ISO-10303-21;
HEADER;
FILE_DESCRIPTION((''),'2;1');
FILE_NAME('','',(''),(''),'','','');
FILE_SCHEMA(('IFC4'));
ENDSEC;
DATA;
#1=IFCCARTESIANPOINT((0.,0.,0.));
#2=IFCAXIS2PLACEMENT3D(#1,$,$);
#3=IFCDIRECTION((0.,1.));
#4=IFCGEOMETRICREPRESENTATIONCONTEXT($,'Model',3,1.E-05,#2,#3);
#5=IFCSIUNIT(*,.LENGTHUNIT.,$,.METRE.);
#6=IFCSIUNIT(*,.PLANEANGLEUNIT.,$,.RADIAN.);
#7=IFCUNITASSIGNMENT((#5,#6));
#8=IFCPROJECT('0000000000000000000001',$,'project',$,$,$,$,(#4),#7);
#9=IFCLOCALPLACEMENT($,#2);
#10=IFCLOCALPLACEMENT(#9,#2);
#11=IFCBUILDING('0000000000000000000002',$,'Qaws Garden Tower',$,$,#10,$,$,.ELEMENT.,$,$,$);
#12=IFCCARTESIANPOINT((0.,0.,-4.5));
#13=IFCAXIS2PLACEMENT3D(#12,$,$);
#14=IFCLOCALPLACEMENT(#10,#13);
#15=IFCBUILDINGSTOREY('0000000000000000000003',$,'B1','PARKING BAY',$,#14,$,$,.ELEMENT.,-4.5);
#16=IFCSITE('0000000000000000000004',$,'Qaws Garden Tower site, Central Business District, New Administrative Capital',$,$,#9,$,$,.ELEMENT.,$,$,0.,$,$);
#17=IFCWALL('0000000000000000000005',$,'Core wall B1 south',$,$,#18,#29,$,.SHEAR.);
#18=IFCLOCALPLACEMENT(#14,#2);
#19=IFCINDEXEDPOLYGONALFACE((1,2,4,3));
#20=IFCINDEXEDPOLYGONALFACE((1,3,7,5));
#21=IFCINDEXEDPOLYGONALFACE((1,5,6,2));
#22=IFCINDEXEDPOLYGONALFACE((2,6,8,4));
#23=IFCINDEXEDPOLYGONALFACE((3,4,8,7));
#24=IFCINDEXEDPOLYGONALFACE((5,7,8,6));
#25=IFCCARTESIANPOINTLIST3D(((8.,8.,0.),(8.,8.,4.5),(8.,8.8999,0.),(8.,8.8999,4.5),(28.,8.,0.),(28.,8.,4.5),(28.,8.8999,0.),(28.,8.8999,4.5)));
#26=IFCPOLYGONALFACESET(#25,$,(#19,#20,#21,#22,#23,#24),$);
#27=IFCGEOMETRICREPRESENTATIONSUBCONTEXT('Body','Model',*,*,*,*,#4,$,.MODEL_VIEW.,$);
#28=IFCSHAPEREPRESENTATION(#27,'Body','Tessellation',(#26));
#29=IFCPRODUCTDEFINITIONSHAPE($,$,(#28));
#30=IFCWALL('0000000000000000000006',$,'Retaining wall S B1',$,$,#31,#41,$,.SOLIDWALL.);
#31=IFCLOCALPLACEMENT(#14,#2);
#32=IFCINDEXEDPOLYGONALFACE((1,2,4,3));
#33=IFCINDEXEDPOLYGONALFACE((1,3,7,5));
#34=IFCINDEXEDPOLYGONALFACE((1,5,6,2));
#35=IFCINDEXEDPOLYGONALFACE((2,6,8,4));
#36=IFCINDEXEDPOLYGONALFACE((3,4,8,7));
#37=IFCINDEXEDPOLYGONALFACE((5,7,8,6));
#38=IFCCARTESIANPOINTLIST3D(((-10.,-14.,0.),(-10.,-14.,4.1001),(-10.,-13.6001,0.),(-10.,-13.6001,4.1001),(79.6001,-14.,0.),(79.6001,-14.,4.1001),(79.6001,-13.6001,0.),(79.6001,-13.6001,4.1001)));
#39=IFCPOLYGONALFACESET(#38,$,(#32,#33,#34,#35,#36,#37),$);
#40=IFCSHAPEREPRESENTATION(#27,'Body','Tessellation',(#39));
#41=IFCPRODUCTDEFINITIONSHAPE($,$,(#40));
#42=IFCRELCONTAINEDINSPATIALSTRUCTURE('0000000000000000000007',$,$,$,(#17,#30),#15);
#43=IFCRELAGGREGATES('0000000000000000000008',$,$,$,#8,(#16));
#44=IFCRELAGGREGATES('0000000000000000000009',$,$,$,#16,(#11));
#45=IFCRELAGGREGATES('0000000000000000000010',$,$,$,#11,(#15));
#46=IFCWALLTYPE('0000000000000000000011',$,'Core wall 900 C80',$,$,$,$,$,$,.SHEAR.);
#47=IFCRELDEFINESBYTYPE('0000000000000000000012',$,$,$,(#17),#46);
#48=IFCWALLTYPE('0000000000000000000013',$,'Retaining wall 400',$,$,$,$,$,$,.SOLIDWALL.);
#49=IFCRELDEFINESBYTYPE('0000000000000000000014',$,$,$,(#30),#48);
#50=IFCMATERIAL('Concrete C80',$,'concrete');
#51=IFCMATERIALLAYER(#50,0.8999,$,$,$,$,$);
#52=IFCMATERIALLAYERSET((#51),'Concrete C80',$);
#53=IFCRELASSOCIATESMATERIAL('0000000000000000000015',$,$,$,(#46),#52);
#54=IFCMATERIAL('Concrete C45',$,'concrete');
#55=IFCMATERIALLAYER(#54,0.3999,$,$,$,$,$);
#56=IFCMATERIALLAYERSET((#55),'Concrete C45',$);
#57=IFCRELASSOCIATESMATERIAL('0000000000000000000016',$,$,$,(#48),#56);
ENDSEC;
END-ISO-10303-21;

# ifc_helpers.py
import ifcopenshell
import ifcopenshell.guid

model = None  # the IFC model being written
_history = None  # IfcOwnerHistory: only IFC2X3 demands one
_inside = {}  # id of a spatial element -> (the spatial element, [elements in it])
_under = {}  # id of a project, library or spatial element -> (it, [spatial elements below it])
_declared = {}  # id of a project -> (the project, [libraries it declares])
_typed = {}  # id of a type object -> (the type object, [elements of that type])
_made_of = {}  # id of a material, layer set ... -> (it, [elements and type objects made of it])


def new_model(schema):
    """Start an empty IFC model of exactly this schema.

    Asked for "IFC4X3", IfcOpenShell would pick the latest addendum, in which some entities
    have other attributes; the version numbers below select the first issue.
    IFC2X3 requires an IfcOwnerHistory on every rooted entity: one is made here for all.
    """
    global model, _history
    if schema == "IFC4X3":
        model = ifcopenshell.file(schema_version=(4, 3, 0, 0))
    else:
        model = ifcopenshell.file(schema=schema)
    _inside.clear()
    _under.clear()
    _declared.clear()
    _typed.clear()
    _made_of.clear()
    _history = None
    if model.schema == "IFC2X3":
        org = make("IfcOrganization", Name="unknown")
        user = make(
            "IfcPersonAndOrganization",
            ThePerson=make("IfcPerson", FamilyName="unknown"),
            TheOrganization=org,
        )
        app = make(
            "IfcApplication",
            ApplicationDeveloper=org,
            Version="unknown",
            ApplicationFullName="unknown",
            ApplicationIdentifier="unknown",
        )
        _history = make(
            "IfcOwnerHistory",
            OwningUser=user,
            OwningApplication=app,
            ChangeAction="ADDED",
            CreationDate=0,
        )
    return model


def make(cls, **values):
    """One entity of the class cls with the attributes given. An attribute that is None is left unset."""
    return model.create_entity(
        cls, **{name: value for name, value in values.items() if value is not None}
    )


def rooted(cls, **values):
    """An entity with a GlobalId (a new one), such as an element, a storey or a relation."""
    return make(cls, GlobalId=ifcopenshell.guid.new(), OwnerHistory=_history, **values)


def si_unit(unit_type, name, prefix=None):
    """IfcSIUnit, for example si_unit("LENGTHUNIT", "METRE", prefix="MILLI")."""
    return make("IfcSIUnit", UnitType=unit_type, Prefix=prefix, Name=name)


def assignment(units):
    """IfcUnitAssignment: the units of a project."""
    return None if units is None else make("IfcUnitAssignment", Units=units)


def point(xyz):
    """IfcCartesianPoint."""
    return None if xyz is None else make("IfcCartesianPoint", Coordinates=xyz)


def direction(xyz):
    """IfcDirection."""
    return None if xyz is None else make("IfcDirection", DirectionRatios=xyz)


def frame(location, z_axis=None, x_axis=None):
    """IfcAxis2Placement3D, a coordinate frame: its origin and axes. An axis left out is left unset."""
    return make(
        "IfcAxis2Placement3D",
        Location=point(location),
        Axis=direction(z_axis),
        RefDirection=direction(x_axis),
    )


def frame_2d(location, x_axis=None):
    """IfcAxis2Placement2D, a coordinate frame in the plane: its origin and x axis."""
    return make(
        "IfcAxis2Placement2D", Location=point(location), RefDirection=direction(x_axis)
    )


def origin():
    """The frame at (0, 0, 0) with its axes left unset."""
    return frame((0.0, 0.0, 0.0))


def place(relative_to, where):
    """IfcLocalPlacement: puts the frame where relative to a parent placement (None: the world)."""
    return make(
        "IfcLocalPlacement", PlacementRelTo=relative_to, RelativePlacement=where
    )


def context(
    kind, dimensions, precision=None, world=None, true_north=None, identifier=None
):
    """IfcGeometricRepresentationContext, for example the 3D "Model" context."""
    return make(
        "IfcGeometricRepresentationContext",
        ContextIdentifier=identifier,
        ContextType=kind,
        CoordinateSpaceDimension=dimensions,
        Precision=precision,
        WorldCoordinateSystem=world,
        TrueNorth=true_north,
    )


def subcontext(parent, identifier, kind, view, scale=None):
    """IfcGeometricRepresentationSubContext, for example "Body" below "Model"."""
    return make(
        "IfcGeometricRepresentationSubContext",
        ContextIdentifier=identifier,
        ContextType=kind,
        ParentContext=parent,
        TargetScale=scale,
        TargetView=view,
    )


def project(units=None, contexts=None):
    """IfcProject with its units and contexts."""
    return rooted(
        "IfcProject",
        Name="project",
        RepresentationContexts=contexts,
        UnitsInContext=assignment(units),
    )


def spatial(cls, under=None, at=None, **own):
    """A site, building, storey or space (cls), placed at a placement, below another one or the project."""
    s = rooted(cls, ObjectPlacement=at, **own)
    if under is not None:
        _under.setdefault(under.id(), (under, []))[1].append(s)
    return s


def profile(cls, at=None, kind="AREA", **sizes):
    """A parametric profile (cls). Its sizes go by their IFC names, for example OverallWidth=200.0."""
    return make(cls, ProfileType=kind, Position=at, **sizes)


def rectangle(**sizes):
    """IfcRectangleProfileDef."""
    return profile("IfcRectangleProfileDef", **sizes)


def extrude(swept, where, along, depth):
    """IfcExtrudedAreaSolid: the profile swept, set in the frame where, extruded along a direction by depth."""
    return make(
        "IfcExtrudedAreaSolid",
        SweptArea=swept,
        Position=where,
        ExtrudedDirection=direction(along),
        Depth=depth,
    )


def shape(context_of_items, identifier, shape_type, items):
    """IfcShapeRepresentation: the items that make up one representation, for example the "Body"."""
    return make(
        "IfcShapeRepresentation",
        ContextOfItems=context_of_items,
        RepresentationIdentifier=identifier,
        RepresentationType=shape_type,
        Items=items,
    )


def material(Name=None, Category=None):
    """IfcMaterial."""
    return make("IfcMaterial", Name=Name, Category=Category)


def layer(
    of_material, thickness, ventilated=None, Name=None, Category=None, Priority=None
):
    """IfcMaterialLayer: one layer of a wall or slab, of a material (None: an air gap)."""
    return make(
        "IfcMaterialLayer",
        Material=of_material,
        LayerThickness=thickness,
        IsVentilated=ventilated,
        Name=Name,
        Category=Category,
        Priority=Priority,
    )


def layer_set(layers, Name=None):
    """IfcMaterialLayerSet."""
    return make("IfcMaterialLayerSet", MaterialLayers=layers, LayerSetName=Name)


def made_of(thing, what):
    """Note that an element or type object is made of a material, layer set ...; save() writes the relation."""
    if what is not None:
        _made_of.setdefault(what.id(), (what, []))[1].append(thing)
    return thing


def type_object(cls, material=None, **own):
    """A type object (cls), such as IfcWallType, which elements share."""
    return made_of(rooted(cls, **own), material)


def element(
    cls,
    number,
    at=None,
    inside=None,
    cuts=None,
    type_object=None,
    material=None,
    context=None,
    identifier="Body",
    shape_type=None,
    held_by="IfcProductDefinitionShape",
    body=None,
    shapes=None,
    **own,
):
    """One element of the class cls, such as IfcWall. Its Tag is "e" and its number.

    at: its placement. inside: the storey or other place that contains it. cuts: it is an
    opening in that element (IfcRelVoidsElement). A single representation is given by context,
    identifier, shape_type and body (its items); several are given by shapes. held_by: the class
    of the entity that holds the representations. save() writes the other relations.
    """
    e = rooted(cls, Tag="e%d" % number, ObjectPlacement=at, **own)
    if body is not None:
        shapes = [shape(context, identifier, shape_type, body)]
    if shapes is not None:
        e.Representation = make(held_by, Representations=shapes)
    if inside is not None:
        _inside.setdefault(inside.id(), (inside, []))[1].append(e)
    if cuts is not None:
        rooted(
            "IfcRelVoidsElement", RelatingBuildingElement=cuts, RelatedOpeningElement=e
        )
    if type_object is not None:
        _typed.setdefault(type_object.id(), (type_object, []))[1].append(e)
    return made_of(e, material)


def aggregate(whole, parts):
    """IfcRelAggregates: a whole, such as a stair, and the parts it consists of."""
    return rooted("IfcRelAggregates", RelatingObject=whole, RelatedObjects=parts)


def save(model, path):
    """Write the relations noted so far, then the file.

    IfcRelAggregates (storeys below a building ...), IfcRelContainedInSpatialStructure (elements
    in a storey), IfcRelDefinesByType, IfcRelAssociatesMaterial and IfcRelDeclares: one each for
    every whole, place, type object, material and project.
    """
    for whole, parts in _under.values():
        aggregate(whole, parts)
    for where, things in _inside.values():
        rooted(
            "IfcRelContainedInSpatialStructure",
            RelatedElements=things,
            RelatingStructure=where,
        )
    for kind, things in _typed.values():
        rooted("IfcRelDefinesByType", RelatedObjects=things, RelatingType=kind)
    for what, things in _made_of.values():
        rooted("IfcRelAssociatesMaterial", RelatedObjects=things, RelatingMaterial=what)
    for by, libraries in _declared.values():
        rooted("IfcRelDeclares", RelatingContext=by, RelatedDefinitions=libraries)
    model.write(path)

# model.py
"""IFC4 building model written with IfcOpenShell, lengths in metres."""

from ifc_helpers import new_model, si_unit, direction, frame, frame_2d, origin, place, context, subcontext, project, spatial, rectangle, extrude, material, layer, layer_set, type_object, element, save


model = new_model("IFC4")

# Units and contexts
model_context = context("Model", 3, precision=1e-05, world=origin(), true_north=direction((0.0, 1.0)))
body_context = subcontext(model_context, "Body", "Model", "MODEL_VIEW")
ifc_project = project(units=[si_unit("LENGTHUNIT", "METRE"), si_unit("PLANEANGLEUNIT", "RADIAN")], contexts=[model_context])

# Site, building, storey
site_placement = place(None, origin())
site = spatial("IfcSite", under=ifc_project, at=site_placement, Name="Qaws Garden Tower site, Central Business District, New Administrative Capital", CompositionType="ELEMENT", RefElevation=0.0)
building_placement = place(site_placement, origin())
building = spatial("IfcBuilding", under=site, at=building_placement, Name="Qaws Garden Tower", CompositionType="ELEMENT")
storey_placement = place(building_placement, frame((0.0, 0.0, -4.5)))
storey = spatial("IfcBuildingStorey", under=building, at=storey_placement, Name="B1", Description="PARKING BAY", CompositionType="ELEMENT", Elevation=-4.5)

# Walls
ifc_material_1 = material(Name="Concrete C80", Category="concrete")
ifc_layer_1 = layer(ifc_material_1, 0.8999)
ifc_layer_set_1 = layer_set([ifc_layer_1], Name="Concrete C80")
wall_type_1 = type_object("IfcWallType", Name="Core wall 900 C80", PredefinedType="SHEAR", material=ifc_layer_set_1)
wall_1_placement = place(storey_placement, frame((8.0, 8.45, 0.0), z_axis=(0.0, 0.0, 1.0), x_axis=(1.0, 0.0, 0.0)))
element("IfcWall", 1, at=wall_1_placement, inside=storey, type_object=wall_type_1, Name="Core wall B1 south", PredefinedType="SHEAR", context=body_context, shape_type="SweptSolid", body=[
    extrude(rectangle(XDim=20.0, YDim=0.8999, at=frame_2d((10.0, 0.0))), origin(), (0.0, 0.0, 1.0), 4.5),
])
ifc_material_2 = material(Name="Concrete C45", Category="concrete")
ifc_layer_2 = layer(ifc_material_2, 0.3999)
ifc_layer_set_2 = layer_set([ifc_layer_2], Name="Concrete C45")
wall_type_2 = type_object("IfcWallType", Name="Retaining wall 400", PredefinedType="SOLIDWALL", material=ifc_layer_set_2)
wall_2_placement = place(storey_placement, frame((-10.0, -13.8, 0.0), z_axis=(0.0, 0.0, 1.0), x_axis=(1.0, 0.0, 0.0)))
element("IfcWall", 2, at=wall_2_placement, inside=storey, type_object=wall_type_2, Name="Retaining wall S B1", PredefinedType="SOLIDWALL", context=body_context, shape_type="SweptSolid", body=[
    extrude(rectangle(XDim=89.6001, YDim=0.3999, at=frame_2d((44.8, 0.0))), origin(), (0.0, 0.0, 1.0), 4.1001),
])

save(model, "model.ifc")
